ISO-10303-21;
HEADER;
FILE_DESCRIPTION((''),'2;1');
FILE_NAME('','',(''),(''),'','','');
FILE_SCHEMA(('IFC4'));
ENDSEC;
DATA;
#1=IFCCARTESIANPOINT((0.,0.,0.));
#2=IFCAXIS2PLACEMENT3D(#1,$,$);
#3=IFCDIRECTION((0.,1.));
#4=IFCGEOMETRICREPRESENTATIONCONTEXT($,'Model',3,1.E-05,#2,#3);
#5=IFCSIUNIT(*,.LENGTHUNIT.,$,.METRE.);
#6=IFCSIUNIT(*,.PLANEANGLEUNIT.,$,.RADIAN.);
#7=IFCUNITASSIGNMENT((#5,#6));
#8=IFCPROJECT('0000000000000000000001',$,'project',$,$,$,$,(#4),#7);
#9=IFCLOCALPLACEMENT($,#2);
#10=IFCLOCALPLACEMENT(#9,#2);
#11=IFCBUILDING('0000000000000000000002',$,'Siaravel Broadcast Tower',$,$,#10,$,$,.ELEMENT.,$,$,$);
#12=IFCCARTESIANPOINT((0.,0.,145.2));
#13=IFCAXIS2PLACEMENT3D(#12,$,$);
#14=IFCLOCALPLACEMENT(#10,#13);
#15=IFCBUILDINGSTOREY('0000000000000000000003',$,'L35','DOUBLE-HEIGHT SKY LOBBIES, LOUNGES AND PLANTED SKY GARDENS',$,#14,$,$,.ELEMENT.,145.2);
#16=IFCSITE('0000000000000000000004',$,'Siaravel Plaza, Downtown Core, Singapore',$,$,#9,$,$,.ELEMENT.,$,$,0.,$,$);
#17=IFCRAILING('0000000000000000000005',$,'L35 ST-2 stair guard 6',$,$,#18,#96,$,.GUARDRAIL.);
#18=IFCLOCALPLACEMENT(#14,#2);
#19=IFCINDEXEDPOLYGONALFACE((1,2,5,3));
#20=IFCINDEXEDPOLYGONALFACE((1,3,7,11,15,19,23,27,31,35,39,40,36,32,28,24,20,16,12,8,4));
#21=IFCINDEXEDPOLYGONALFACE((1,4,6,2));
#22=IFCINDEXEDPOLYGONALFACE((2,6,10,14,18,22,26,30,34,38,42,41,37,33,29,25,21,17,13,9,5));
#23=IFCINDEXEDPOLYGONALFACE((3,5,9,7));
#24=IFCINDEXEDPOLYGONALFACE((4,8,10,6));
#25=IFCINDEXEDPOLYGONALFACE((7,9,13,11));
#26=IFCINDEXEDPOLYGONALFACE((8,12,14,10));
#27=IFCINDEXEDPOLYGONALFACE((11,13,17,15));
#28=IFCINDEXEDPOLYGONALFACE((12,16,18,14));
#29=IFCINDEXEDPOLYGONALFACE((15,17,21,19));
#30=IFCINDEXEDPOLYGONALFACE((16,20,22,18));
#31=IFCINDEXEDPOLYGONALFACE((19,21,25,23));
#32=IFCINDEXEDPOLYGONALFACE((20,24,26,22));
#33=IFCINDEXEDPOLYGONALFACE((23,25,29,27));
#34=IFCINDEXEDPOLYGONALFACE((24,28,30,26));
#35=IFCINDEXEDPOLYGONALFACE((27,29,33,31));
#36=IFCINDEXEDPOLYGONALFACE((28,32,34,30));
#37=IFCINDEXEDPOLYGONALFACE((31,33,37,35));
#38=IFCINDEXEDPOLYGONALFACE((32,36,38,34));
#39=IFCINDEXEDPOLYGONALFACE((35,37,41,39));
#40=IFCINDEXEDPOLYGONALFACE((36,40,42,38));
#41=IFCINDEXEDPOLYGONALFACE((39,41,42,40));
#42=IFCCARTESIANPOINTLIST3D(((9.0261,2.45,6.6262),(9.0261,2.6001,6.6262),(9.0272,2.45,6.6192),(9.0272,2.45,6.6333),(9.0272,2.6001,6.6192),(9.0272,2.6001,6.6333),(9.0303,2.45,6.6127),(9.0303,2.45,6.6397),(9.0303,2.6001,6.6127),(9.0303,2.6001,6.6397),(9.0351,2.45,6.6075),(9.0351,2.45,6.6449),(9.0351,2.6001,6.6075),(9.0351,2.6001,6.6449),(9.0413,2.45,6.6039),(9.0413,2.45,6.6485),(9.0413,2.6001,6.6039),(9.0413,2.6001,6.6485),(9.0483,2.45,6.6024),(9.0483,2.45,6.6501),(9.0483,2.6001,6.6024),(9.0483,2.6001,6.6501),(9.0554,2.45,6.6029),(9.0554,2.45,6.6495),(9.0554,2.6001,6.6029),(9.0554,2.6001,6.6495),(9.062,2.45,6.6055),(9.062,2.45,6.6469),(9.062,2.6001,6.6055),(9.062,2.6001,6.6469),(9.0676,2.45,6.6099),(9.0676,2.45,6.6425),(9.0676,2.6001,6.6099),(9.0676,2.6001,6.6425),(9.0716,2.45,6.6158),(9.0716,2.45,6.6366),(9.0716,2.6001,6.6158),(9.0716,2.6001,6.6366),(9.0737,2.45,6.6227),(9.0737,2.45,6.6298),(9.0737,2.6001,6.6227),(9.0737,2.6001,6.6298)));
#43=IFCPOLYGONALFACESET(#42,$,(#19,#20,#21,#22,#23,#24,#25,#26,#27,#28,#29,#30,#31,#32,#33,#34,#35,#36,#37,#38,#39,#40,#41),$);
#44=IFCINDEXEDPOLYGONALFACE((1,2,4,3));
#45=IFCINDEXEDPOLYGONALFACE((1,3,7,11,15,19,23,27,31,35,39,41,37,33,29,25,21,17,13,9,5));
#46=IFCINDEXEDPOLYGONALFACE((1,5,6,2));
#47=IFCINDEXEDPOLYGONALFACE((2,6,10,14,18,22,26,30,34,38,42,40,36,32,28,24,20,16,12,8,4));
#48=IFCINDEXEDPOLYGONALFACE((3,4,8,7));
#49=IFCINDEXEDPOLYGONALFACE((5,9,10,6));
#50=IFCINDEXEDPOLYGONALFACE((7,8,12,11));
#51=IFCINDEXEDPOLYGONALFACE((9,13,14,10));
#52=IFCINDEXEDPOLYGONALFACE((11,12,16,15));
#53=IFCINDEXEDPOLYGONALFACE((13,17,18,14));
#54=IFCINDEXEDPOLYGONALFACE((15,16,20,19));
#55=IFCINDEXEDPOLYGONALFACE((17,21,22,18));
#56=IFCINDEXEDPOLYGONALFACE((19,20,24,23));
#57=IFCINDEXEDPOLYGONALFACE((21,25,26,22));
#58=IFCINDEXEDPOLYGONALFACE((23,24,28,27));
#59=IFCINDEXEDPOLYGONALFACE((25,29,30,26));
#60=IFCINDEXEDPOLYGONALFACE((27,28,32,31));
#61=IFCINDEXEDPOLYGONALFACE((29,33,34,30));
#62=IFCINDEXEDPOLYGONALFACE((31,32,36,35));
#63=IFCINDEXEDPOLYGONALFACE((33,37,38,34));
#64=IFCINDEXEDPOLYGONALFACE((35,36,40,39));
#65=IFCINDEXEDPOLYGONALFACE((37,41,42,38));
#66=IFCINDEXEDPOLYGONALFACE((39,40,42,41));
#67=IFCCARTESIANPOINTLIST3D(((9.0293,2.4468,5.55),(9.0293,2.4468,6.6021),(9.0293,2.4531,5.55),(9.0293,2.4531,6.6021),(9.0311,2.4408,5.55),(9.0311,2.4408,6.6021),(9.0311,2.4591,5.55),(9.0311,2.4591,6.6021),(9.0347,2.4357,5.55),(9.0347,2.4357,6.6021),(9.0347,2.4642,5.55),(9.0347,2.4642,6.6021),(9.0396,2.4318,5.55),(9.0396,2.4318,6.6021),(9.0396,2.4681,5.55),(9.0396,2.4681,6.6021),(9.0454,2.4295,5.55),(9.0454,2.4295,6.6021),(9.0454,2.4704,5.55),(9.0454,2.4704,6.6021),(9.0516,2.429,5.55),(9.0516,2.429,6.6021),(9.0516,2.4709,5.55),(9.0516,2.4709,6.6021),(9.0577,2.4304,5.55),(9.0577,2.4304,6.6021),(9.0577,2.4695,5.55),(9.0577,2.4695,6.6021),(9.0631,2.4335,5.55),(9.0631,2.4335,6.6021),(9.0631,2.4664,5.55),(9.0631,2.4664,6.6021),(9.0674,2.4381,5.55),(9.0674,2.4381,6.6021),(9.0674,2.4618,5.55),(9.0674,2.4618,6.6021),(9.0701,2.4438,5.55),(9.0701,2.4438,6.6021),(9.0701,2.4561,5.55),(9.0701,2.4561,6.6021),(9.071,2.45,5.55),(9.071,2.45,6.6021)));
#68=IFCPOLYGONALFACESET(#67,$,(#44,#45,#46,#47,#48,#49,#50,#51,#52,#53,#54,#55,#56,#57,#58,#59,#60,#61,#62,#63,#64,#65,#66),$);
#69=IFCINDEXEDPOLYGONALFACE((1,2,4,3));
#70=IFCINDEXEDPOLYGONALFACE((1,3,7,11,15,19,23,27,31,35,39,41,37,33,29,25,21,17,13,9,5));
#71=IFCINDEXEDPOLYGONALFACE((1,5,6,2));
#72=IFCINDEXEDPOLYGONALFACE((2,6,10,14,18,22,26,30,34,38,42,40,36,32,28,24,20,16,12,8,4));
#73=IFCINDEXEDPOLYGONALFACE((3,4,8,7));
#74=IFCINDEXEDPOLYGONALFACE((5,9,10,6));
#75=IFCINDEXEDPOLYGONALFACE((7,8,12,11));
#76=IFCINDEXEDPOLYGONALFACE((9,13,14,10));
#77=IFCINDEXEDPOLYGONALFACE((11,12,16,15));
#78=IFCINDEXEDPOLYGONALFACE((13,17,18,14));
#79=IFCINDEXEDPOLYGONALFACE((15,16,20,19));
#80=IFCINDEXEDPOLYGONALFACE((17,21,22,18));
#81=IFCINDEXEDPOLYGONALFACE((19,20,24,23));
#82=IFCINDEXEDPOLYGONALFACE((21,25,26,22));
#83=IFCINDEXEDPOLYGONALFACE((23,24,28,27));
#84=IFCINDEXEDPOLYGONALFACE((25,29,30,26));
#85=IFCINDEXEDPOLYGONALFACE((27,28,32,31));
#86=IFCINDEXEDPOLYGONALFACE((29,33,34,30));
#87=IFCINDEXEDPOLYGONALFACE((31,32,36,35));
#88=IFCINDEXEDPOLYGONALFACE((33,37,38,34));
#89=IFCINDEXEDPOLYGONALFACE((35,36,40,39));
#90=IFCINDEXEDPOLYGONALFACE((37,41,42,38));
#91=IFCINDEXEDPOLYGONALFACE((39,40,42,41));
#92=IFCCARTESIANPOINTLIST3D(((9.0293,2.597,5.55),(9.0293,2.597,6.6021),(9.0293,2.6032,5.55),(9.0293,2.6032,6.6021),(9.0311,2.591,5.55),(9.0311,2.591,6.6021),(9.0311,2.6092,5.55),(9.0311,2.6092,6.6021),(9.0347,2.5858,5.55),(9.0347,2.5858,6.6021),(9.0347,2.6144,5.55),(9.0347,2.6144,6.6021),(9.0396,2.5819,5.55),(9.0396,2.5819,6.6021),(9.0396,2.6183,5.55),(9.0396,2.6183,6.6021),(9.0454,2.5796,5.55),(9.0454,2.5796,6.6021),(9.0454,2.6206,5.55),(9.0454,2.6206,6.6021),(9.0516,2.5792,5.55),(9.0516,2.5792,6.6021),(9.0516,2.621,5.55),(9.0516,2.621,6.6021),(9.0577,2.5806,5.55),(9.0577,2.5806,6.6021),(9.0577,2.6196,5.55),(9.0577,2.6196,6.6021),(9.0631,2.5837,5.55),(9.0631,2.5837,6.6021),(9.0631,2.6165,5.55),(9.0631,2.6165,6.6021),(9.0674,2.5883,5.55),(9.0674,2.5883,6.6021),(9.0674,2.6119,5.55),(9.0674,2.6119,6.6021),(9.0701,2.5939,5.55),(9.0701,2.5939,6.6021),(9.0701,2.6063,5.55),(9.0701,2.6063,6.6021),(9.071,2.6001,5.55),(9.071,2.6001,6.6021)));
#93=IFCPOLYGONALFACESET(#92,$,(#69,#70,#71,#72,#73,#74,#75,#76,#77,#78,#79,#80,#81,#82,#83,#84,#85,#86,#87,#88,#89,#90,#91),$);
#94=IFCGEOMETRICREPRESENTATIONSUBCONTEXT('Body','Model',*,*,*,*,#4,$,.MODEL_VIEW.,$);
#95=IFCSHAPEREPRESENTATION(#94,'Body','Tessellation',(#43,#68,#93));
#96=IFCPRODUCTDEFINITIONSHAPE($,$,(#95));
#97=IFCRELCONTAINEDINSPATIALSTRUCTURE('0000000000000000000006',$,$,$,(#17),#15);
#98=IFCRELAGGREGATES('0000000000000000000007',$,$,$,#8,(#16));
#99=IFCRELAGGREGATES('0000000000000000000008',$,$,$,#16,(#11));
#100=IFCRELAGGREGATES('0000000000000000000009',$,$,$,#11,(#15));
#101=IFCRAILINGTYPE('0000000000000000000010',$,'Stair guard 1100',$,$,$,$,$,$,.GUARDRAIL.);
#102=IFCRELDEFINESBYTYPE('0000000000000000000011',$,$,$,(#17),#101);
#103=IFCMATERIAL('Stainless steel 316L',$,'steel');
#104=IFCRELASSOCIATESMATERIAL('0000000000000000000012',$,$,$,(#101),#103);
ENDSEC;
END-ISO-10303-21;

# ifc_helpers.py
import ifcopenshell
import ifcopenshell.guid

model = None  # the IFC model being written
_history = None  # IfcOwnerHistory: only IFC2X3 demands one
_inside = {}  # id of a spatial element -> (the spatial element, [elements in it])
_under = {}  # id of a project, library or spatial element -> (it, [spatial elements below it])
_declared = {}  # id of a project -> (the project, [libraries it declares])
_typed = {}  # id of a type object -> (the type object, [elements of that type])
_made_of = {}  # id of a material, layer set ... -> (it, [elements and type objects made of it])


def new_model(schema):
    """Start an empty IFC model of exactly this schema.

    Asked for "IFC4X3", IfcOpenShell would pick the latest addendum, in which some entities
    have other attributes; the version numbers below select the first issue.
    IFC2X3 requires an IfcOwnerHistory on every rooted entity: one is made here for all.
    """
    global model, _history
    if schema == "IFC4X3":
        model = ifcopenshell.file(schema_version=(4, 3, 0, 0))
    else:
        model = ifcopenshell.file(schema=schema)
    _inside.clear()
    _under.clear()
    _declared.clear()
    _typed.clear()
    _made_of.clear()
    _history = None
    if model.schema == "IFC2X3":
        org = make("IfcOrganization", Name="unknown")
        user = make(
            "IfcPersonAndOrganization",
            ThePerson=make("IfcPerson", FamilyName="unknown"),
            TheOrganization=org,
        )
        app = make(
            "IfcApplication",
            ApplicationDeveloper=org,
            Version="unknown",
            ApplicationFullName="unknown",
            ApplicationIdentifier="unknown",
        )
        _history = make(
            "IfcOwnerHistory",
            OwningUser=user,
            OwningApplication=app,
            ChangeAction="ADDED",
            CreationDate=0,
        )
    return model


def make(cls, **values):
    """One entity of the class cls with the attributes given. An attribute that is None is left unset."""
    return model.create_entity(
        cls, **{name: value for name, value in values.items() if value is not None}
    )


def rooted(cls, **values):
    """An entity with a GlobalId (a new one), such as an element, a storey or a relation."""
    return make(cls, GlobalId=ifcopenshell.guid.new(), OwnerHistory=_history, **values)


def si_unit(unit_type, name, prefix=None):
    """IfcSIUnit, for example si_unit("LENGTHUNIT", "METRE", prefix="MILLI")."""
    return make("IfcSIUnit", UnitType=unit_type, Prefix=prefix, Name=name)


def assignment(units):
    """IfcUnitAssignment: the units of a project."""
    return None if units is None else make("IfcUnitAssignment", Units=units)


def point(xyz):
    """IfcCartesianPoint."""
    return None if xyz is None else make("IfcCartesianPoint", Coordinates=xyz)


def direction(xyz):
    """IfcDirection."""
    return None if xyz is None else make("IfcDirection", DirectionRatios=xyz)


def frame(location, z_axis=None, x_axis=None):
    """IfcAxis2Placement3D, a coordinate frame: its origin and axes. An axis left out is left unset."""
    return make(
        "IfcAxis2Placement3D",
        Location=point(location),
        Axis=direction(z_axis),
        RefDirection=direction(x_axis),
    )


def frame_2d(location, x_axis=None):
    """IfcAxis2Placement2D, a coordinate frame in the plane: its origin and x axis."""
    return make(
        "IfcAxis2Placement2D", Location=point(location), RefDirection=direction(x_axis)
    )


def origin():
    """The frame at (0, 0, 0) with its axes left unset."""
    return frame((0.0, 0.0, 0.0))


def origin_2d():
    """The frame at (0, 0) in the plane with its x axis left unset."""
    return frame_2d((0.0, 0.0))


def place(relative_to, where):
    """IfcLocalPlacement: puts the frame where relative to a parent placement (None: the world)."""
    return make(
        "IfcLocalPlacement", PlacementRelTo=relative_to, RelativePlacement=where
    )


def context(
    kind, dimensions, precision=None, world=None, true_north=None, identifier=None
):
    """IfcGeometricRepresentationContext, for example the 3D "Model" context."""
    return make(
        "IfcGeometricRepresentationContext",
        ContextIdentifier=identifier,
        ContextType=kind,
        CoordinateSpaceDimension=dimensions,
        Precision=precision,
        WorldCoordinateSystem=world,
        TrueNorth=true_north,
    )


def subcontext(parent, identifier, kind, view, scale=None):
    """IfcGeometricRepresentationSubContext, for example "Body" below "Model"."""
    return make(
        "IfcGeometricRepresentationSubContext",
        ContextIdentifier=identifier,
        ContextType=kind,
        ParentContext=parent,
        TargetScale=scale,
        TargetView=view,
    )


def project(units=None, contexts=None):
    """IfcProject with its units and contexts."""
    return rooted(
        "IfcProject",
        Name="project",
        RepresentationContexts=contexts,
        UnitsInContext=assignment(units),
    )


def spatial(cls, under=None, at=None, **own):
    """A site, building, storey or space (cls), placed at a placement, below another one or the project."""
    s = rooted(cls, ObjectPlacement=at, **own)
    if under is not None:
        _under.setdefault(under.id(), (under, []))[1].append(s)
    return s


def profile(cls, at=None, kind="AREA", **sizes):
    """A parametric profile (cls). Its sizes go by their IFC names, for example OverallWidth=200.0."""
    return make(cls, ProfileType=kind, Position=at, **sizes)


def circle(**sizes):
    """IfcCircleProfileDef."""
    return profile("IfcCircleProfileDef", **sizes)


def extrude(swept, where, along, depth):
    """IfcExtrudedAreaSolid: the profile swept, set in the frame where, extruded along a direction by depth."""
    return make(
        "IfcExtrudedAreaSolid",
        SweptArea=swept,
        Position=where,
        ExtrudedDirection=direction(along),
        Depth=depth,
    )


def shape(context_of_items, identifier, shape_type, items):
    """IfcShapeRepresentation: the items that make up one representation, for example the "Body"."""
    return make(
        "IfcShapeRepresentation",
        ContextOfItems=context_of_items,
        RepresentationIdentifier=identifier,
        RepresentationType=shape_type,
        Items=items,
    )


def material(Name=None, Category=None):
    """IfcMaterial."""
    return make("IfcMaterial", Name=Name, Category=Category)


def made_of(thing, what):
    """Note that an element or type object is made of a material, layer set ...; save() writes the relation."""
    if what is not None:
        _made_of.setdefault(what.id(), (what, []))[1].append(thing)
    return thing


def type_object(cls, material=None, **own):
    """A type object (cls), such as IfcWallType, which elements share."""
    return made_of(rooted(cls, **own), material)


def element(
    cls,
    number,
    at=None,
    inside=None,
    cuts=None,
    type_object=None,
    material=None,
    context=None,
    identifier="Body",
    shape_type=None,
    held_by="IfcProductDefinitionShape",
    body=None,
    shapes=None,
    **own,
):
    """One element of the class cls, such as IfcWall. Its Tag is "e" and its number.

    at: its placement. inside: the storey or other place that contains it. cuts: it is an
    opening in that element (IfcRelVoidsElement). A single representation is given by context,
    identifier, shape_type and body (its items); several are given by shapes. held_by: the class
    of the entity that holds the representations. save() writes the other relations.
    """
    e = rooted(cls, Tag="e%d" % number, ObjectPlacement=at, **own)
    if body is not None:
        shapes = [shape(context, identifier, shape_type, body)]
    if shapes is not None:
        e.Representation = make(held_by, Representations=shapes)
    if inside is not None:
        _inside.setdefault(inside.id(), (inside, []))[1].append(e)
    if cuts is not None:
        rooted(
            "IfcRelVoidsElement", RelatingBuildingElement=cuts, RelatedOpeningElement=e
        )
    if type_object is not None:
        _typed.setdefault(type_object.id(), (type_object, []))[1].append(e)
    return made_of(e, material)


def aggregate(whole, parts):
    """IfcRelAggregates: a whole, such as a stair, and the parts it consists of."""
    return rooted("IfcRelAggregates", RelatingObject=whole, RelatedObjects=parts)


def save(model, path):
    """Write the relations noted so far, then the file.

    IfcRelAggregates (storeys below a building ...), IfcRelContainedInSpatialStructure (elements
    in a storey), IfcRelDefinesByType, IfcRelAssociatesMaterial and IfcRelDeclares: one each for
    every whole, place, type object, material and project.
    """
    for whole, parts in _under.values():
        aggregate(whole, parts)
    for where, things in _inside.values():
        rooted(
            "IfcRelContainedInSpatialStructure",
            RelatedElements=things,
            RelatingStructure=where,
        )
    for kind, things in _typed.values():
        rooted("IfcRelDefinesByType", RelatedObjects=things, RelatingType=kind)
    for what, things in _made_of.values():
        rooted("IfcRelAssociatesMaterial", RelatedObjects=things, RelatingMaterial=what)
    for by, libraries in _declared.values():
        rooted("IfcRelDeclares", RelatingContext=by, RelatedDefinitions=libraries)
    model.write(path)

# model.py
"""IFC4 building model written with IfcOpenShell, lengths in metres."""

from ifc_helpers import new_model, si_unit, direction, frame, origin, origin_2d, place, context, subcontext, project, spatial, circle, extrude, material, type_object, element, save


model = new_model("IFC4")

# Units and contexts
model_context = context("Model", 3, precision=1e-05, world=origin(), true_north=direction((0.0, 1.0)))
body_context = subcontext(model_context, "Body", "Model", "MODEL_VIEW")
ifc_project = project(units=[si_unit("LENGTHUNIT", "METRE"), si_unit("PLANEANGLEUNIT", "RADIAN")], contexts=[model_context])

# Site, building, storey
site_placement = place(None, origin())
site = spatial("IfcSite", under=ifc_project, at=site_placement, Name="Siaravel Plaza, Downtown Core, Singapore", CompositionType="ELEMENT", RefElevation=0.0)
building_placement = place(site_placement, origin())
building = spatial("IfcBuilding", under=site, at=building_placement, Name="Siaravel Broadcast Tower", CompositionType="ELEMENT")
storey_placement = place(building_placement, frame((0.0, 0.0, 145.2)))
storey = spatial("IfcBuildingStorey", under=building, at=storey_placement, Name="L35", Description="DOUBLE-HEIGHT SKY LOBBIES, LOUNGES AND PLANTED SKY GARDENS", CompositionType="ELEMENT", Elevation=145.2)

# Railing
ifc_material_1 = material(Name="Stainless steel 316L", Category="steel")
railing_type_1 = type_object("IfcRailingType", Name="Stair guard 1100", PredefinedType="GUARDRAIL", material=ifc_material_1)
for number, where, name in (
    (1, (9.05, 2.45, 5.55), "L35 ST-2 stair guard 6"),
):
    element("IfcRailing", number, at=place(storey_placement, frame(where)), inside=storey, type_object=railing_type_1, Name=name, PredefinedType="GUARDRAIL", context=body_context, shape_type="SweptSolid", body=[
        extrude(circle(Radius=0.0239, at=origin_2d()), frame((0.0, 0.0, 1.0762), z_axis=(0.0, 1.0, 0.0), x_axis=(-1.0, 0.0, 0.0)), (0.0, 0.0, 1.0), 0.1501),
        extrude(circle(Radius=0.021, at=origin_2d()), origin(), (0.0, 0.0, 1.0), 1.052),
        extrude(circle(Radius=0.021, at=origin_2d()), frame((0.0, 0.1501, 0.0)), (0.0, 0.0, 1.0), 1.052),
    ])

save(model, "model.ifc")
